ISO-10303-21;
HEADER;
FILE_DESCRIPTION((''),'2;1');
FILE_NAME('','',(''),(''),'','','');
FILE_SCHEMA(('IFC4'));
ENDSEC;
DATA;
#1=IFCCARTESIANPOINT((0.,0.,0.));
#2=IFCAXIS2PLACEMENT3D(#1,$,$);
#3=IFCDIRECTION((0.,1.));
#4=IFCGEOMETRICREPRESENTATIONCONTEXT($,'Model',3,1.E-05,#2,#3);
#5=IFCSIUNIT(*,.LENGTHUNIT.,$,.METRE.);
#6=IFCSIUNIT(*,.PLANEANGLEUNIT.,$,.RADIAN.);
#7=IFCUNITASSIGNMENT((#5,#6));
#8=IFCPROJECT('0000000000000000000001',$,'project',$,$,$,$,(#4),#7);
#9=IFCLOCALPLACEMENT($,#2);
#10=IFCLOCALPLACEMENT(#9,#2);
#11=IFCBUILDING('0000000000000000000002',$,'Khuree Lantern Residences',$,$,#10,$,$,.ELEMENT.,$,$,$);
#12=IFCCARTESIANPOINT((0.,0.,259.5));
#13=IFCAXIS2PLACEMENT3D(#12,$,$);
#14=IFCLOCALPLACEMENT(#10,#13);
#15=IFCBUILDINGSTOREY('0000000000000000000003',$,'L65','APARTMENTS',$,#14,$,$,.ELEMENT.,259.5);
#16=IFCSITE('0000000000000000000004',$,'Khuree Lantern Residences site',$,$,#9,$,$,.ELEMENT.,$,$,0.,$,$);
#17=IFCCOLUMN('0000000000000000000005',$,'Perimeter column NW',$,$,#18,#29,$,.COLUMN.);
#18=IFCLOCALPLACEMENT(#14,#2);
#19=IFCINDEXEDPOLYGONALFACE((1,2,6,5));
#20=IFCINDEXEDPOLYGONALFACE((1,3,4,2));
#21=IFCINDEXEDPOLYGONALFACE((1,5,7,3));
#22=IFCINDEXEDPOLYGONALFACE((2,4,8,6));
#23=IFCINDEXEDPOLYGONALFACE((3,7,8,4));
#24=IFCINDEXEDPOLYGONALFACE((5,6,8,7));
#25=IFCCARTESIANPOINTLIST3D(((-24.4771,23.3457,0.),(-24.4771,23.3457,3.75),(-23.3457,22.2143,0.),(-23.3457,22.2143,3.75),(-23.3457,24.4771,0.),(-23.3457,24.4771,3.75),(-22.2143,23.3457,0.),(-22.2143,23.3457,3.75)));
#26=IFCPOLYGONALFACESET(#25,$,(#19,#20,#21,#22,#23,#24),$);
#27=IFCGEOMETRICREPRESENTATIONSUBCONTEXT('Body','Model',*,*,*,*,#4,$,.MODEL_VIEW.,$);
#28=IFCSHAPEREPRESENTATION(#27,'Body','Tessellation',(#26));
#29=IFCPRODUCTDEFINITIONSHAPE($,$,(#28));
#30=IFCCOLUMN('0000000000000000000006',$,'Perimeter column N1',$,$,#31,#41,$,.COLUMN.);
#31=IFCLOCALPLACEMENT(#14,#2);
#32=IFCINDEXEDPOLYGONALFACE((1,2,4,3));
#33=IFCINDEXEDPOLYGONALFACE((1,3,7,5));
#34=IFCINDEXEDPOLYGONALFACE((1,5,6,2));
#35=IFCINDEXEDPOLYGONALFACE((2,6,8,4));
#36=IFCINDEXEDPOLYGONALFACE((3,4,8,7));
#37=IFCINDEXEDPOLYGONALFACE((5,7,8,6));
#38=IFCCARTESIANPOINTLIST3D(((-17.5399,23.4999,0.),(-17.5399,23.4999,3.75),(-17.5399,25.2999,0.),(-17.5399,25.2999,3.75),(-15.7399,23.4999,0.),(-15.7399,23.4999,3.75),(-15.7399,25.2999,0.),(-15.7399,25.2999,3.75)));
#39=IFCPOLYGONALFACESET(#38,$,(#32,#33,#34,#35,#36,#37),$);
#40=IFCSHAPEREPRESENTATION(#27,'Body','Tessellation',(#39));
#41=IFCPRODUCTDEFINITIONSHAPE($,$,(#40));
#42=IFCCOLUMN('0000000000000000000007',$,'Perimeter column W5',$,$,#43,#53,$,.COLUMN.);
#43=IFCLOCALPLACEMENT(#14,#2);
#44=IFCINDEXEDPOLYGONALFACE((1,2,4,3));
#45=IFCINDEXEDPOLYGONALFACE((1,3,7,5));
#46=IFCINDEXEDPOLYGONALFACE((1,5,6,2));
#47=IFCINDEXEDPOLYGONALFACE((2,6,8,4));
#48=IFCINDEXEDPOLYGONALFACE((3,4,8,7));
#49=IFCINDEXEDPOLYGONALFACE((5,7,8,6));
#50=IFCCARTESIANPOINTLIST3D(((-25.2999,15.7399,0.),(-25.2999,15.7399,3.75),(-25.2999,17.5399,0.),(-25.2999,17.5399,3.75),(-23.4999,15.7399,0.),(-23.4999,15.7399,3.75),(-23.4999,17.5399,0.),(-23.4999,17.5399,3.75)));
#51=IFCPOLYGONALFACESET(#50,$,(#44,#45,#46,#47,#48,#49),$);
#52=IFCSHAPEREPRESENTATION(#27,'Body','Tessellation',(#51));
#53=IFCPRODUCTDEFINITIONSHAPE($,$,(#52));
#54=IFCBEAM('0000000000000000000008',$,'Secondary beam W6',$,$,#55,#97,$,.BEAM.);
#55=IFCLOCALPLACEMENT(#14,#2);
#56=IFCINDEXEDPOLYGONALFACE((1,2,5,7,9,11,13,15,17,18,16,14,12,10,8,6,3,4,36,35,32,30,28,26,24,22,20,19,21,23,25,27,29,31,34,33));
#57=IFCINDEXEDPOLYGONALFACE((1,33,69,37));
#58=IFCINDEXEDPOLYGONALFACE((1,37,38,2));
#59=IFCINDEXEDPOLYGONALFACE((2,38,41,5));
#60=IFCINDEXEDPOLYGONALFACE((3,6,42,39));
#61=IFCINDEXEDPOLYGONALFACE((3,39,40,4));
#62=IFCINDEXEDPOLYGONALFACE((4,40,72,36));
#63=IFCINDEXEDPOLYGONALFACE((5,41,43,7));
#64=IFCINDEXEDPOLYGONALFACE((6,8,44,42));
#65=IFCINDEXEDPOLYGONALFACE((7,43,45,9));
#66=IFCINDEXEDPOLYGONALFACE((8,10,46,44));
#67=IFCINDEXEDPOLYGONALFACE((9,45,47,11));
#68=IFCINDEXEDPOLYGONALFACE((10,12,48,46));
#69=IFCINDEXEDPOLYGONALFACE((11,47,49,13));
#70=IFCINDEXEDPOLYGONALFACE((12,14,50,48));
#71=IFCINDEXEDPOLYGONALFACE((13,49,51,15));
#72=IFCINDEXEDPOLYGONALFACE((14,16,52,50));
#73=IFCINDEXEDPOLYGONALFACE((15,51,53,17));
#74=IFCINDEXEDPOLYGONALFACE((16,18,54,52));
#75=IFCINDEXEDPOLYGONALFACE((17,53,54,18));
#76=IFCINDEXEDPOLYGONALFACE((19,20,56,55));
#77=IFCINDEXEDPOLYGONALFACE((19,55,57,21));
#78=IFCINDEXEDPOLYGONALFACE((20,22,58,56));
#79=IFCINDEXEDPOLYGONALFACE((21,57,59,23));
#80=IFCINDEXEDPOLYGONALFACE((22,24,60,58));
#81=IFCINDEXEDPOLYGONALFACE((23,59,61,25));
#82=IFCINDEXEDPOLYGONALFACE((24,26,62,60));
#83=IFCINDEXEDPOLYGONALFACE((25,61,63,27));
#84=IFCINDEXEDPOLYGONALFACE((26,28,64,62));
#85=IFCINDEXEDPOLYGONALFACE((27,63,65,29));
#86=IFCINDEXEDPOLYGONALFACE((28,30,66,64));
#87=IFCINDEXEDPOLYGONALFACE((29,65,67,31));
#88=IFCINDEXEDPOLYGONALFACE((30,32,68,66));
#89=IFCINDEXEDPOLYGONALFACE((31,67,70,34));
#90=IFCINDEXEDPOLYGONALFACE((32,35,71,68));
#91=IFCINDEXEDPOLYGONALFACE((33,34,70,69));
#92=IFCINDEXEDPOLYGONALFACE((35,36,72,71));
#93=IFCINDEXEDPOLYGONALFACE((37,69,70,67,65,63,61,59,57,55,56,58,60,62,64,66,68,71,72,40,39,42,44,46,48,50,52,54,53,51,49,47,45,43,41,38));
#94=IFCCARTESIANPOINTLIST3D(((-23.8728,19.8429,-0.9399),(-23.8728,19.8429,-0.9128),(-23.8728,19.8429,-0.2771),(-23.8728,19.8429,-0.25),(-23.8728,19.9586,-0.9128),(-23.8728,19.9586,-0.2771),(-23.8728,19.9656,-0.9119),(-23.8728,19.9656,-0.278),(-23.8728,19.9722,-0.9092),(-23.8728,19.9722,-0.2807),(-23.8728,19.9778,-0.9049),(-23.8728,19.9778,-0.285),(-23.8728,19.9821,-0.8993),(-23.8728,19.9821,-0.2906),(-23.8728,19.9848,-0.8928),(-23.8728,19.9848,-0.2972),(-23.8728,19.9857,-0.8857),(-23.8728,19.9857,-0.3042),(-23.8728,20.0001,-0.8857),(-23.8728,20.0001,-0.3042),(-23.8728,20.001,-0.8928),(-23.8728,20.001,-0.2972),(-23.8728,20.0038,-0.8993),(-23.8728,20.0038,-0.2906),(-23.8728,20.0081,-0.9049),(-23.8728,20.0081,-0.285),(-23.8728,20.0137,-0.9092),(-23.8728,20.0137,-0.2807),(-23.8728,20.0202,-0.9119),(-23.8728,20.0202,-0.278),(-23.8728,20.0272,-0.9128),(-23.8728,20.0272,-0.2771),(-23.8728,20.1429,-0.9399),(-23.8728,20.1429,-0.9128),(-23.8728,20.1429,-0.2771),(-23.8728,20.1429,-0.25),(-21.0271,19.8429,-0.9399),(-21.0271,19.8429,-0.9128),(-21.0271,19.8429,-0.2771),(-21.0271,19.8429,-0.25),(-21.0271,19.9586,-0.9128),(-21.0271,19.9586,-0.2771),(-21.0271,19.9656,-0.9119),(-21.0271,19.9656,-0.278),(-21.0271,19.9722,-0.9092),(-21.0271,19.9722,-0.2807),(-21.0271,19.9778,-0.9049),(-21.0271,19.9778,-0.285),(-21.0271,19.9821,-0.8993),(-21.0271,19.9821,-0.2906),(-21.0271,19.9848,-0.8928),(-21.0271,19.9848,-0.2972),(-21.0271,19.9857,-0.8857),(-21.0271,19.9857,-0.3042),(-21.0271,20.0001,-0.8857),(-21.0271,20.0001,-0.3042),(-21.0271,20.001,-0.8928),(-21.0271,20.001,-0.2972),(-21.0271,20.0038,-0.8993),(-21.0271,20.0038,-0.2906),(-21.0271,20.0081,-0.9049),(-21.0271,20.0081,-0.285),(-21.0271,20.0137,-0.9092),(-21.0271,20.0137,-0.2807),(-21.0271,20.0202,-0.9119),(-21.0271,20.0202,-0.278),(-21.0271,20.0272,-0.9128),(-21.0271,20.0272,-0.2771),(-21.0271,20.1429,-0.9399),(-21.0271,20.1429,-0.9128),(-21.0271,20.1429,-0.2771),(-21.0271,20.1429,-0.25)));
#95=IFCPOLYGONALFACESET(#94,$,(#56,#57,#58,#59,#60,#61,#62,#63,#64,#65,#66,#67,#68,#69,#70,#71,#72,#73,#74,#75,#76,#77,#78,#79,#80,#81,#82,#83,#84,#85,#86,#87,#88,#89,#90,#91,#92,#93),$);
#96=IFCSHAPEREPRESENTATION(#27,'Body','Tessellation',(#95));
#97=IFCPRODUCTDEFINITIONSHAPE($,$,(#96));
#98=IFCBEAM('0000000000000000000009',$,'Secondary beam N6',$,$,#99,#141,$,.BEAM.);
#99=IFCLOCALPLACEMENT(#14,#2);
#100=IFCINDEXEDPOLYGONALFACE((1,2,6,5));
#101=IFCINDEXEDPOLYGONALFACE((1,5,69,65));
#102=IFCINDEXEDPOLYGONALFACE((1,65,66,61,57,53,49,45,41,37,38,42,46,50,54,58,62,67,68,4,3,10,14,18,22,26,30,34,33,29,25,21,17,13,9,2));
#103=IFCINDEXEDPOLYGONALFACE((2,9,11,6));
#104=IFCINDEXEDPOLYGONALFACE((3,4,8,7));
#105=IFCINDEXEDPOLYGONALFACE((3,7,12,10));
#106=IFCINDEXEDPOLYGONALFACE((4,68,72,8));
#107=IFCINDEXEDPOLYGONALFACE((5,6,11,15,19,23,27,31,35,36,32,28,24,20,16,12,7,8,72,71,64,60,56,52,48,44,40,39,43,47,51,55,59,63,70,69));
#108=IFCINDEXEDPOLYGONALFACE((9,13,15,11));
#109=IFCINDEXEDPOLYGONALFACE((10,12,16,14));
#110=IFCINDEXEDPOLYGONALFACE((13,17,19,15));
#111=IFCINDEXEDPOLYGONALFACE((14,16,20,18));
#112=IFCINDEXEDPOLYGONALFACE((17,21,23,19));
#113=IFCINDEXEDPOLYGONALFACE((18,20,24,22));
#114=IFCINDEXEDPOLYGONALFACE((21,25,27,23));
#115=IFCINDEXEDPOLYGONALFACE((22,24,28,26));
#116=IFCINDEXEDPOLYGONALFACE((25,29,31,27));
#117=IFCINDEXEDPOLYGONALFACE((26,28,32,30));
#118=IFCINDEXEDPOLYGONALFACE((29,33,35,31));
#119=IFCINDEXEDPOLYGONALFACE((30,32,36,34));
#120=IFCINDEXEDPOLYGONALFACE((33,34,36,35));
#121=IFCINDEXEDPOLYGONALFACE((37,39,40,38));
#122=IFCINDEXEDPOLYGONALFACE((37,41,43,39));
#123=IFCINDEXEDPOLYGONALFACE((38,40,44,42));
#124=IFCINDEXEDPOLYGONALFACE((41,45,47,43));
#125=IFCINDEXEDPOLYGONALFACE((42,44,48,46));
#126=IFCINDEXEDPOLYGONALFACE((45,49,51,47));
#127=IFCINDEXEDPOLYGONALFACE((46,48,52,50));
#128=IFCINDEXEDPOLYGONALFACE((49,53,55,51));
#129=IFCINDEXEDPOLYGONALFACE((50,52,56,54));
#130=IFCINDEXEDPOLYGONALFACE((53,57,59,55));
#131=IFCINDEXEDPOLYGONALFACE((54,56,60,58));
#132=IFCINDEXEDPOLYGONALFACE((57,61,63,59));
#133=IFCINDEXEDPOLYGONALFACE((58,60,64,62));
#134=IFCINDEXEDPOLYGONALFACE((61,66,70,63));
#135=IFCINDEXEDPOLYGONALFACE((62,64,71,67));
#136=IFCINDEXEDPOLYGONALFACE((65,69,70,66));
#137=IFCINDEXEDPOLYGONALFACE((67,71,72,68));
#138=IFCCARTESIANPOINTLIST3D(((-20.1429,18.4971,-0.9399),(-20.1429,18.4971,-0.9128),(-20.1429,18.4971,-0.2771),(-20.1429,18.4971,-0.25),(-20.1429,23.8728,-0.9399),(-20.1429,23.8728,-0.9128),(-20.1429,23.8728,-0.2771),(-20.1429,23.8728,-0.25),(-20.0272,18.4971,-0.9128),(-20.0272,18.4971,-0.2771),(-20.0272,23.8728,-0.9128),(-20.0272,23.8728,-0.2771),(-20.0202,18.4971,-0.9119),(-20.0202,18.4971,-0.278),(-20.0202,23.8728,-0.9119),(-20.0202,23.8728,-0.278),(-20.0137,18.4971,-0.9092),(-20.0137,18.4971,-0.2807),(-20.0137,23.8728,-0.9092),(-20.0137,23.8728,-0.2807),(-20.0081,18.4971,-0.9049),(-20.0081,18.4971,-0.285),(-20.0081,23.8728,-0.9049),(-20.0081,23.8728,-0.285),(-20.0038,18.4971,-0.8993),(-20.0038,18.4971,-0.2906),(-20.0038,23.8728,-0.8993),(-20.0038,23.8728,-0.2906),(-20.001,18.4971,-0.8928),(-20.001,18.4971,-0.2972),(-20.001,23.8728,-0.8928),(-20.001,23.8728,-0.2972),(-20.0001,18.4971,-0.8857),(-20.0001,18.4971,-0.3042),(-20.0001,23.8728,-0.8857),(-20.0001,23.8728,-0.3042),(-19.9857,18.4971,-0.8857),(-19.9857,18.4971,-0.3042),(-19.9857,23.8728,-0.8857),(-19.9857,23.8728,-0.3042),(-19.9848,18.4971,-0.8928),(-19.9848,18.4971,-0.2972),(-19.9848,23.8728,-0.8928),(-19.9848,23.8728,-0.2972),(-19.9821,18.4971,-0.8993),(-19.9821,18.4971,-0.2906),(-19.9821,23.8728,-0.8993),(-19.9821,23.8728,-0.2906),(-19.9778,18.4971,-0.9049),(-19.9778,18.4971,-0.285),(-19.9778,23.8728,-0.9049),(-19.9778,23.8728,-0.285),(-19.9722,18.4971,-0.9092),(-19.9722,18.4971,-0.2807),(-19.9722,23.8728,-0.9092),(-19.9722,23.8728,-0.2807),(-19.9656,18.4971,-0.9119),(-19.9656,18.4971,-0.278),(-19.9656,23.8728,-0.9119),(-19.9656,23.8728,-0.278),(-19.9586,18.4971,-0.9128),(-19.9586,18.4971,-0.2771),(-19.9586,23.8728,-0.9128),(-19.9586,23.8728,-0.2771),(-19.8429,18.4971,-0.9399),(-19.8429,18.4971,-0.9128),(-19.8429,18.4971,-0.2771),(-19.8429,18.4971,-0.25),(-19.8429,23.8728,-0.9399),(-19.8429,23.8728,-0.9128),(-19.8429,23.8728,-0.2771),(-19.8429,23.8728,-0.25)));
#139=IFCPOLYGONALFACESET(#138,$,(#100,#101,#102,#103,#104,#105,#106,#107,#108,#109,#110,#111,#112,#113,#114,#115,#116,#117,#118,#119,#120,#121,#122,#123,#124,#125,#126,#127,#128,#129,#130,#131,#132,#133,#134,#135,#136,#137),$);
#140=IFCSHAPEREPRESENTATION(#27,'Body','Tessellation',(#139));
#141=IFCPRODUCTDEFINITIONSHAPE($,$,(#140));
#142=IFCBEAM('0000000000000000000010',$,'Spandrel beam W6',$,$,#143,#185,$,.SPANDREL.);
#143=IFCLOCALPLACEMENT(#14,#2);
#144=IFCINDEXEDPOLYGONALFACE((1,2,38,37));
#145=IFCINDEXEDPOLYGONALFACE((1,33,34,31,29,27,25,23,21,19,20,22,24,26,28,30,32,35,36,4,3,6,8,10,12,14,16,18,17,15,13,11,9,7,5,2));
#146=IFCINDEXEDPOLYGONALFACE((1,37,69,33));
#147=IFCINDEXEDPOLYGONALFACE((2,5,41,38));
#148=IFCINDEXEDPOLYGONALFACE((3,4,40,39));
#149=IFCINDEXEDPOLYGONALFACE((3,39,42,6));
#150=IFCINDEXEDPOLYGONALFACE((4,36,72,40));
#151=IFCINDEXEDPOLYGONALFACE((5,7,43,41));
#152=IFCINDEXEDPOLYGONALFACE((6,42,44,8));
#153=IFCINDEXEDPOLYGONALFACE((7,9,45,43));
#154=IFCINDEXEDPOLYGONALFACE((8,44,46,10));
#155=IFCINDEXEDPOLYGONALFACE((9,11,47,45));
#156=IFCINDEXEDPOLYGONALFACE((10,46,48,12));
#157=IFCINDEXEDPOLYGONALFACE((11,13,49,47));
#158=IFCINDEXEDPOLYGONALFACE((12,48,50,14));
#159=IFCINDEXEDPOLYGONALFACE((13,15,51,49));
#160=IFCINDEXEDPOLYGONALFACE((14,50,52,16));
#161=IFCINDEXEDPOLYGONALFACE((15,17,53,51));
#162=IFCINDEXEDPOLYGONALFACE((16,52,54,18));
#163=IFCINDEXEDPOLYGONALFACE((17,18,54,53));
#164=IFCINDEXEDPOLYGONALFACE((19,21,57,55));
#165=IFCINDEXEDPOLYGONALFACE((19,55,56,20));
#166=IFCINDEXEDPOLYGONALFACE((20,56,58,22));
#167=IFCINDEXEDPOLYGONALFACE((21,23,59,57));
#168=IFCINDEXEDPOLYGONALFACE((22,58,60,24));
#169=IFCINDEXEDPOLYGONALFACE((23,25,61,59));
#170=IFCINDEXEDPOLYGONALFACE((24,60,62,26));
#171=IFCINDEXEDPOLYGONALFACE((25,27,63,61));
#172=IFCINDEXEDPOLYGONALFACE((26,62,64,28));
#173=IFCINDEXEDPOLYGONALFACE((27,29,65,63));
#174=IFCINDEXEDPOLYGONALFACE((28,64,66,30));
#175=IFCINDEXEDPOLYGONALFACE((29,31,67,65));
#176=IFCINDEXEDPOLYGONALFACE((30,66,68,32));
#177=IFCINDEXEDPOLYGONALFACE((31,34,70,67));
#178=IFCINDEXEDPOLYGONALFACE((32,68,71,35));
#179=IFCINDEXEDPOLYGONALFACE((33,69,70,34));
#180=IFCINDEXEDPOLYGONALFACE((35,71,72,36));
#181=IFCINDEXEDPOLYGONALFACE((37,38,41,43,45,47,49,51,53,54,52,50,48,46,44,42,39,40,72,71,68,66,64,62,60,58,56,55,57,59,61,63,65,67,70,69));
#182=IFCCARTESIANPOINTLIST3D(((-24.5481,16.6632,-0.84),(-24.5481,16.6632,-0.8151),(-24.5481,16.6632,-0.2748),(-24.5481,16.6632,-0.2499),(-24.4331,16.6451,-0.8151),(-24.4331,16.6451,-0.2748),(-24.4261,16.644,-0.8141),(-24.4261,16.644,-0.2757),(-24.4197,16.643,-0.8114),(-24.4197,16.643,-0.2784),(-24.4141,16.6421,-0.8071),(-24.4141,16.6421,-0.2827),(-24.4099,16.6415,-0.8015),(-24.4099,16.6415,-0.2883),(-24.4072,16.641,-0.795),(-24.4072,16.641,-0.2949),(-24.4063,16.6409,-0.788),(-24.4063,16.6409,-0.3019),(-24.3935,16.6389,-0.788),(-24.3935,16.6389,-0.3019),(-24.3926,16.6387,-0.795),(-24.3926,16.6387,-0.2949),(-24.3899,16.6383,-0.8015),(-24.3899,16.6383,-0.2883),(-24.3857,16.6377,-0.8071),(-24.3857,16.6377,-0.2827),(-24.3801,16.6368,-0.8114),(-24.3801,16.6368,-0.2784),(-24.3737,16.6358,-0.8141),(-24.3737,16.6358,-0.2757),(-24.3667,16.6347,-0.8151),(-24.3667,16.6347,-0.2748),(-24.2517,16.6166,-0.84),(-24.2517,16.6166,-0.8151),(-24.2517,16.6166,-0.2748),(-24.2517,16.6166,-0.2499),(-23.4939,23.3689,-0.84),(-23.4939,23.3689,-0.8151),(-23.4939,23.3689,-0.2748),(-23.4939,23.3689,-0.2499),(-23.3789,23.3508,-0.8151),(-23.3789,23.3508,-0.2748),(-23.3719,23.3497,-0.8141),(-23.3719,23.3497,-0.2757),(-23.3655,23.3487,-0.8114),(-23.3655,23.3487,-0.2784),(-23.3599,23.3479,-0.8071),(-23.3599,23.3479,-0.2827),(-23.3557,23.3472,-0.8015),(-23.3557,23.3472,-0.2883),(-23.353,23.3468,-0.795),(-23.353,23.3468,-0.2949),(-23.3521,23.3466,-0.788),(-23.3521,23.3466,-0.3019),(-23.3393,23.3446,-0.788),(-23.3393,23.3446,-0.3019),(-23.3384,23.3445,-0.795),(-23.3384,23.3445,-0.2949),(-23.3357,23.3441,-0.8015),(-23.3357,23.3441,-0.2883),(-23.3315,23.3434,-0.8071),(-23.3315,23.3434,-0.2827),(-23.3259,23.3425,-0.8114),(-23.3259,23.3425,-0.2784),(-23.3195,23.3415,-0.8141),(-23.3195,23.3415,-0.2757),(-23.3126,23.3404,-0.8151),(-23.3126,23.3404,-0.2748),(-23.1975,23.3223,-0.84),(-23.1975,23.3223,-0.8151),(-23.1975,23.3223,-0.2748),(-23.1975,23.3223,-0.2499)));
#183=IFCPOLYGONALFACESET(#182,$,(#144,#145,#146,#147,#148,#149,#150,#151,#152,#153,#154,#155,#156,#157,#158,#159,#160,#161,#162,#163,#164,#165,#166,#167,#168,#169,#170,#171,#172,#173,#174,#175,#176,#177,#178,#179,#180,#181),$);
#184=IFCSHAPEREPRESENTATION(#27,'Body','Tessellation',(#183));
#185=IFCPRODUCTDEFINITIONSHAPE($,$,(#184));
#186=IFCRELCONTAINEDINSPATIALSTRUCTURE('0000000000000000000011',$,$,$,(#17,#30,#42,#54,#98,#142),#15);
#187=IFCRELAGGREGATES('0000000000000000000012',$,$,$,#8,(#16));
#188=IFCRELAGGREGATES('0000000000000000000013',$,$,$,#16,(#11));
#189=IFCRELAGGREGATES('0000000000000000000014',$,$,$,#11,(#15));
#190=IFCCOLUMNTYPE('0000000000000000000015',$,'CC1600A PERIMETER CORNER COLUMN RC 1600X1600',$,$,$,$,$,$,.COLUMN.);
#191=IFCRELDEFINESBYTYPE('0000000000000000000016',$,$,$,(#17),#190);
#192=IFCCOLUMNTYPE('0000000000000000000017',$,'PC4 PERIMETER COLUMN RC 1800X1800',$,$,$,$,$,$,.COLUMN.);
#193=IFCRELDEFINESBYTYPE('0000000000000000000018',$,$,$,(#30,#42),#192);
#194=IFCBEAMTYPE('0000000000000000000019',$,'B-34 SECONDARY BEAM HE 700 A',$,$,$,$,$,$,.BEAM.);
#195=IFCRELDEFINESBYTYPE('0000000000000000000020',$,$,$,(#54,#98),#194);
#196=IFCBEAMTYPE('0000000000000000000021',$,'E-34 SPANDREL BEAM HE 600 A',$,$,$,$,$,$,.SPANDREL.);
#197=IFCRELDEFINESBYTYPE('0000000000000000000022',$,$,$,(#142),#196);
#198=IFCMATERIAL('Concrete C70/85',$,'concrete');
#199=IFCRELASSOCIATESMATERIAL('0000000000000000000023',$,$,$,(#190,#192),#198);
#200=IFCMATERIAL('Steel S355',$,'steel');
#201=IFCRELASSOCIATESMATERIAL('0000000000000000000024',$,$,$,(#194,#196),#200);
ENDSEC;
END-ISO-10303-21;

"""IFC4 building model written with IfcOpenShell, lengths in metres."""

from ifc_helpers import new_model, si_unit, direction, frame, origin, origin_2d, place, context, subcontext, project, spatial, rectangle, i_section, extrude, material, material_profile, profile_set, type_object, element, save


model = new_model("IFC4")

# Units and contexts
model_context = context("Model", 3, precision=1e-05, world=origin(), true_north=direction((0.0, 1.0)))
body_context = subcontext(model_context, "Body", "Model", "MODEL_VIEW")
ifc_project = project(units=[si_unit("LENGTHUNIT", "METRE"), si_unit("PLANEANGLEUNIT", "RADIAN")], contexts=[model_context])

# Site, building, storey
site_placement = place(None, origin())
site = spatial("IfcSite", under=ifc_project, at=site_placement, Name="Khuree Lantern Residences site", CompositionType="ELEMENT", RefElevation=0.0)
building_placement = place(site_placement, origin())
building = spatial("IfcBuilding", under=site, at=building_placement, Name="Khuree Lantern Residences", CompositionType="ELEMENT")
storey_placement = place(building_placement, frame((0.0, 0.0, 259.5)))
storey = spatial("IfcBuildingStorey", under=building, at=storey_placement, Name="L65", Description="APARTMENTS", CompositionType="ELEMENT", Elevation=259.5)

# Columns
ifc_material_1 = material(Name="Concrete C70/85", Category="concrete")
ifc_material_profile_1 = material_profile(ifc_material_1, rectangle(XDim=1.6001, YDim=1.6001, at=origin_2d()), Name="RC 1600X1600")
ifc_profile_set_1 = profile_set([ifc_material_profile_1], Name="Concrete C70/85")
column_type_1 = type_object("IfcColumnType", Name="CC1600A PERIMETER CORNER COLUMN RC 1600X1600", PredefinedType="COLUMN", material=ifc_profile_set_1)
column_placement = place(storey_placement, frame((-23.3457, 23.3457, 0.0), z_axis=(0.0, 0.0, 1.0), x_axis=(0.707107, 0.707107, 0.0)))
element("IfcColumn", 1, at=column_placement, inside=storey, type_object=column_type_1, Name="Perimeter column NW", PredefinedType="COLUMN", context=body_context, shape_type="SweptSolid", body=[
    extrude(rectangle(XDim=1.6001, YDim=1.6001, at=origin_2d()), origin(), (0.0, 0.0, 1.0), 3.75),
])
ifc_material_profile_2 = material_profile(ifc_material_1, rectangle(XDim=1.8, YDim=1.8, at=origin_2d()), Name="RC 1800X1800")
ifc_profile_set_2 = profile_set([ifc_material_profile_2], Name="Concrete C70/85")
column_type_2 = type_object("IfcColumnType", Name="PC4 PERIMETER COLUMN RC 1800X1800", PredefinedType="COLUMN", material=ifc_profile_set_2)
for number, where, z_axis, x_axis, name in (
    (2, (-16.6399, 24.3999, 0.0), (0.0, 0.0, 1.0), (1.0, 0.0, 0.0), "Perimeter column N1"),
    (3, (-24.3999, 16.6399, 0.0), (0.0, 0.0, 1.0), (0.0, 1.0, 0.0), "Perimeter column W5"),
):
    element("IfcColumn", number, at=place(storey_placement, frame(where, z_axis=z_axis, x_axis=x_axis)), inside=storey, type_object=column_type_2, Name=name, PredefinedType="COLUMN", context=body_context, shape_type="SweptSolid", body=[
        extrude(rectangle(XDim=1.8, YDim=1.8, at=origin_2d()), origin(), (0.0, 0.0, 1.0), 3.75),
    ])

# Beams
ifc_material_2 = material(Name="Steel S355", Category="steel")
ifc_material_profile_3 = material_profile(ifc_material_2, i_section(OverallWidth=0.3, OverallDepth=0.6899, WebThickness=0.0144, FlangeThickness=0.0271, FilletRadius=0.0271, at=origin_2d()), Name="HE 700 A")
ifc_profile_set_3 = profile_set([ifc_material_profile_3], Name="Steel S355")
beam_type_1 = type_object("IfcBeamType", Name="B-34 SECONDARY BEAM HE 700 A", PredefinedType="BEAM", material=ifc_profile_set_3)
beam_1_placement = place(storey_placement, frame((-23.8728, 19.9929, -0.595), z_axis=(1.0, 0.0, 0.0), x_axis=(0.0, 1.0, 0.0)))
element("IfcBeam", 4, at=beam_1_placement, inside=storey, type_object=beam_type_1, Name="Secondary beam W6", PredefinedType="BEAM", context=body_context, shape_type="SweptSolid", body=[
    extrude(i_section(OverallWidth=0.3, OverallDepth=0.6899, WebThickness=0.0144, FlangeThickness=0.0271, FilletRadius=0.0271, at=origin_2d()), origin(), (0.0, 0.0, 1.0), 2.8457),
])
beam_2_placement = place(storey_placement, frame((-19.9929, 23.8728, -0.595), z_axis=(0.0, -1.0, 0.0), x_axis=(1.0, 0.0, 0.0)))
element("IfcBeam", 5, at=beam_2_placement, inside=storey, type_object=beam_type_1, Name="Secondary beam N6", PredefinedType="BEAM", context=body_context, shape_type="SweptSolid", body=[
    extrude(i_section(OverallWidth=0.3, OverallDepth=0.6899, WebThickness=0.0144, FlangeThickness=0.0271, FilletRadius=0.0271, at=origin_2d()), origin(), (0.0, 0.0, 1.0), 5.3757),
])
ifc_material_profile_4 = material_profile(ifc_material_2, i_section(OverallWidth=0.3, OverallDepth=0.5901, WebThickness=0.0129, FlangeThickness=0.0249, FilletRadius=0.0271, at=origin_2d()), Name="HE 600 A")
ifc_profile_set_4 = profile_set([ifc_material_profile_4], Name="Steel S355")
beam_type_2 = type_object("IfcBeamType", Name="E-34 SPANDREL BEAM HE 600 A", PredefinedType="SPANDREL", material=ifc_profile_set_4)
for number, where, z_axis, x_axis, name in (
    (6, (-24.3999, 16.6399, -0.5449), (0.1553, 0.987867, 0.0), (-0.987867, 0.1553, 0.0), "Spandrel beam W6"),
):
    element("IfcBeam", number, at=place(storey_placement, frame(where, z_axis=z_axis, x_axis=x_axis)), inside=storey, type_object=beam_type_2, Name=name, PredefinedType="SPANDREL", context=body_context, shape_type="SweptSolid", body=[
        extrude(i_section(OverallWidth=0.3, OverallDepth=0.5901, WebThickness=0.0129, FlangeThickness=0.0249, FilletRadius=0.0271, at=origin_2d()), origin(), (0.0, 0.0, 1.0), 6.7881),
    ])

save(model, "model.ifc")
